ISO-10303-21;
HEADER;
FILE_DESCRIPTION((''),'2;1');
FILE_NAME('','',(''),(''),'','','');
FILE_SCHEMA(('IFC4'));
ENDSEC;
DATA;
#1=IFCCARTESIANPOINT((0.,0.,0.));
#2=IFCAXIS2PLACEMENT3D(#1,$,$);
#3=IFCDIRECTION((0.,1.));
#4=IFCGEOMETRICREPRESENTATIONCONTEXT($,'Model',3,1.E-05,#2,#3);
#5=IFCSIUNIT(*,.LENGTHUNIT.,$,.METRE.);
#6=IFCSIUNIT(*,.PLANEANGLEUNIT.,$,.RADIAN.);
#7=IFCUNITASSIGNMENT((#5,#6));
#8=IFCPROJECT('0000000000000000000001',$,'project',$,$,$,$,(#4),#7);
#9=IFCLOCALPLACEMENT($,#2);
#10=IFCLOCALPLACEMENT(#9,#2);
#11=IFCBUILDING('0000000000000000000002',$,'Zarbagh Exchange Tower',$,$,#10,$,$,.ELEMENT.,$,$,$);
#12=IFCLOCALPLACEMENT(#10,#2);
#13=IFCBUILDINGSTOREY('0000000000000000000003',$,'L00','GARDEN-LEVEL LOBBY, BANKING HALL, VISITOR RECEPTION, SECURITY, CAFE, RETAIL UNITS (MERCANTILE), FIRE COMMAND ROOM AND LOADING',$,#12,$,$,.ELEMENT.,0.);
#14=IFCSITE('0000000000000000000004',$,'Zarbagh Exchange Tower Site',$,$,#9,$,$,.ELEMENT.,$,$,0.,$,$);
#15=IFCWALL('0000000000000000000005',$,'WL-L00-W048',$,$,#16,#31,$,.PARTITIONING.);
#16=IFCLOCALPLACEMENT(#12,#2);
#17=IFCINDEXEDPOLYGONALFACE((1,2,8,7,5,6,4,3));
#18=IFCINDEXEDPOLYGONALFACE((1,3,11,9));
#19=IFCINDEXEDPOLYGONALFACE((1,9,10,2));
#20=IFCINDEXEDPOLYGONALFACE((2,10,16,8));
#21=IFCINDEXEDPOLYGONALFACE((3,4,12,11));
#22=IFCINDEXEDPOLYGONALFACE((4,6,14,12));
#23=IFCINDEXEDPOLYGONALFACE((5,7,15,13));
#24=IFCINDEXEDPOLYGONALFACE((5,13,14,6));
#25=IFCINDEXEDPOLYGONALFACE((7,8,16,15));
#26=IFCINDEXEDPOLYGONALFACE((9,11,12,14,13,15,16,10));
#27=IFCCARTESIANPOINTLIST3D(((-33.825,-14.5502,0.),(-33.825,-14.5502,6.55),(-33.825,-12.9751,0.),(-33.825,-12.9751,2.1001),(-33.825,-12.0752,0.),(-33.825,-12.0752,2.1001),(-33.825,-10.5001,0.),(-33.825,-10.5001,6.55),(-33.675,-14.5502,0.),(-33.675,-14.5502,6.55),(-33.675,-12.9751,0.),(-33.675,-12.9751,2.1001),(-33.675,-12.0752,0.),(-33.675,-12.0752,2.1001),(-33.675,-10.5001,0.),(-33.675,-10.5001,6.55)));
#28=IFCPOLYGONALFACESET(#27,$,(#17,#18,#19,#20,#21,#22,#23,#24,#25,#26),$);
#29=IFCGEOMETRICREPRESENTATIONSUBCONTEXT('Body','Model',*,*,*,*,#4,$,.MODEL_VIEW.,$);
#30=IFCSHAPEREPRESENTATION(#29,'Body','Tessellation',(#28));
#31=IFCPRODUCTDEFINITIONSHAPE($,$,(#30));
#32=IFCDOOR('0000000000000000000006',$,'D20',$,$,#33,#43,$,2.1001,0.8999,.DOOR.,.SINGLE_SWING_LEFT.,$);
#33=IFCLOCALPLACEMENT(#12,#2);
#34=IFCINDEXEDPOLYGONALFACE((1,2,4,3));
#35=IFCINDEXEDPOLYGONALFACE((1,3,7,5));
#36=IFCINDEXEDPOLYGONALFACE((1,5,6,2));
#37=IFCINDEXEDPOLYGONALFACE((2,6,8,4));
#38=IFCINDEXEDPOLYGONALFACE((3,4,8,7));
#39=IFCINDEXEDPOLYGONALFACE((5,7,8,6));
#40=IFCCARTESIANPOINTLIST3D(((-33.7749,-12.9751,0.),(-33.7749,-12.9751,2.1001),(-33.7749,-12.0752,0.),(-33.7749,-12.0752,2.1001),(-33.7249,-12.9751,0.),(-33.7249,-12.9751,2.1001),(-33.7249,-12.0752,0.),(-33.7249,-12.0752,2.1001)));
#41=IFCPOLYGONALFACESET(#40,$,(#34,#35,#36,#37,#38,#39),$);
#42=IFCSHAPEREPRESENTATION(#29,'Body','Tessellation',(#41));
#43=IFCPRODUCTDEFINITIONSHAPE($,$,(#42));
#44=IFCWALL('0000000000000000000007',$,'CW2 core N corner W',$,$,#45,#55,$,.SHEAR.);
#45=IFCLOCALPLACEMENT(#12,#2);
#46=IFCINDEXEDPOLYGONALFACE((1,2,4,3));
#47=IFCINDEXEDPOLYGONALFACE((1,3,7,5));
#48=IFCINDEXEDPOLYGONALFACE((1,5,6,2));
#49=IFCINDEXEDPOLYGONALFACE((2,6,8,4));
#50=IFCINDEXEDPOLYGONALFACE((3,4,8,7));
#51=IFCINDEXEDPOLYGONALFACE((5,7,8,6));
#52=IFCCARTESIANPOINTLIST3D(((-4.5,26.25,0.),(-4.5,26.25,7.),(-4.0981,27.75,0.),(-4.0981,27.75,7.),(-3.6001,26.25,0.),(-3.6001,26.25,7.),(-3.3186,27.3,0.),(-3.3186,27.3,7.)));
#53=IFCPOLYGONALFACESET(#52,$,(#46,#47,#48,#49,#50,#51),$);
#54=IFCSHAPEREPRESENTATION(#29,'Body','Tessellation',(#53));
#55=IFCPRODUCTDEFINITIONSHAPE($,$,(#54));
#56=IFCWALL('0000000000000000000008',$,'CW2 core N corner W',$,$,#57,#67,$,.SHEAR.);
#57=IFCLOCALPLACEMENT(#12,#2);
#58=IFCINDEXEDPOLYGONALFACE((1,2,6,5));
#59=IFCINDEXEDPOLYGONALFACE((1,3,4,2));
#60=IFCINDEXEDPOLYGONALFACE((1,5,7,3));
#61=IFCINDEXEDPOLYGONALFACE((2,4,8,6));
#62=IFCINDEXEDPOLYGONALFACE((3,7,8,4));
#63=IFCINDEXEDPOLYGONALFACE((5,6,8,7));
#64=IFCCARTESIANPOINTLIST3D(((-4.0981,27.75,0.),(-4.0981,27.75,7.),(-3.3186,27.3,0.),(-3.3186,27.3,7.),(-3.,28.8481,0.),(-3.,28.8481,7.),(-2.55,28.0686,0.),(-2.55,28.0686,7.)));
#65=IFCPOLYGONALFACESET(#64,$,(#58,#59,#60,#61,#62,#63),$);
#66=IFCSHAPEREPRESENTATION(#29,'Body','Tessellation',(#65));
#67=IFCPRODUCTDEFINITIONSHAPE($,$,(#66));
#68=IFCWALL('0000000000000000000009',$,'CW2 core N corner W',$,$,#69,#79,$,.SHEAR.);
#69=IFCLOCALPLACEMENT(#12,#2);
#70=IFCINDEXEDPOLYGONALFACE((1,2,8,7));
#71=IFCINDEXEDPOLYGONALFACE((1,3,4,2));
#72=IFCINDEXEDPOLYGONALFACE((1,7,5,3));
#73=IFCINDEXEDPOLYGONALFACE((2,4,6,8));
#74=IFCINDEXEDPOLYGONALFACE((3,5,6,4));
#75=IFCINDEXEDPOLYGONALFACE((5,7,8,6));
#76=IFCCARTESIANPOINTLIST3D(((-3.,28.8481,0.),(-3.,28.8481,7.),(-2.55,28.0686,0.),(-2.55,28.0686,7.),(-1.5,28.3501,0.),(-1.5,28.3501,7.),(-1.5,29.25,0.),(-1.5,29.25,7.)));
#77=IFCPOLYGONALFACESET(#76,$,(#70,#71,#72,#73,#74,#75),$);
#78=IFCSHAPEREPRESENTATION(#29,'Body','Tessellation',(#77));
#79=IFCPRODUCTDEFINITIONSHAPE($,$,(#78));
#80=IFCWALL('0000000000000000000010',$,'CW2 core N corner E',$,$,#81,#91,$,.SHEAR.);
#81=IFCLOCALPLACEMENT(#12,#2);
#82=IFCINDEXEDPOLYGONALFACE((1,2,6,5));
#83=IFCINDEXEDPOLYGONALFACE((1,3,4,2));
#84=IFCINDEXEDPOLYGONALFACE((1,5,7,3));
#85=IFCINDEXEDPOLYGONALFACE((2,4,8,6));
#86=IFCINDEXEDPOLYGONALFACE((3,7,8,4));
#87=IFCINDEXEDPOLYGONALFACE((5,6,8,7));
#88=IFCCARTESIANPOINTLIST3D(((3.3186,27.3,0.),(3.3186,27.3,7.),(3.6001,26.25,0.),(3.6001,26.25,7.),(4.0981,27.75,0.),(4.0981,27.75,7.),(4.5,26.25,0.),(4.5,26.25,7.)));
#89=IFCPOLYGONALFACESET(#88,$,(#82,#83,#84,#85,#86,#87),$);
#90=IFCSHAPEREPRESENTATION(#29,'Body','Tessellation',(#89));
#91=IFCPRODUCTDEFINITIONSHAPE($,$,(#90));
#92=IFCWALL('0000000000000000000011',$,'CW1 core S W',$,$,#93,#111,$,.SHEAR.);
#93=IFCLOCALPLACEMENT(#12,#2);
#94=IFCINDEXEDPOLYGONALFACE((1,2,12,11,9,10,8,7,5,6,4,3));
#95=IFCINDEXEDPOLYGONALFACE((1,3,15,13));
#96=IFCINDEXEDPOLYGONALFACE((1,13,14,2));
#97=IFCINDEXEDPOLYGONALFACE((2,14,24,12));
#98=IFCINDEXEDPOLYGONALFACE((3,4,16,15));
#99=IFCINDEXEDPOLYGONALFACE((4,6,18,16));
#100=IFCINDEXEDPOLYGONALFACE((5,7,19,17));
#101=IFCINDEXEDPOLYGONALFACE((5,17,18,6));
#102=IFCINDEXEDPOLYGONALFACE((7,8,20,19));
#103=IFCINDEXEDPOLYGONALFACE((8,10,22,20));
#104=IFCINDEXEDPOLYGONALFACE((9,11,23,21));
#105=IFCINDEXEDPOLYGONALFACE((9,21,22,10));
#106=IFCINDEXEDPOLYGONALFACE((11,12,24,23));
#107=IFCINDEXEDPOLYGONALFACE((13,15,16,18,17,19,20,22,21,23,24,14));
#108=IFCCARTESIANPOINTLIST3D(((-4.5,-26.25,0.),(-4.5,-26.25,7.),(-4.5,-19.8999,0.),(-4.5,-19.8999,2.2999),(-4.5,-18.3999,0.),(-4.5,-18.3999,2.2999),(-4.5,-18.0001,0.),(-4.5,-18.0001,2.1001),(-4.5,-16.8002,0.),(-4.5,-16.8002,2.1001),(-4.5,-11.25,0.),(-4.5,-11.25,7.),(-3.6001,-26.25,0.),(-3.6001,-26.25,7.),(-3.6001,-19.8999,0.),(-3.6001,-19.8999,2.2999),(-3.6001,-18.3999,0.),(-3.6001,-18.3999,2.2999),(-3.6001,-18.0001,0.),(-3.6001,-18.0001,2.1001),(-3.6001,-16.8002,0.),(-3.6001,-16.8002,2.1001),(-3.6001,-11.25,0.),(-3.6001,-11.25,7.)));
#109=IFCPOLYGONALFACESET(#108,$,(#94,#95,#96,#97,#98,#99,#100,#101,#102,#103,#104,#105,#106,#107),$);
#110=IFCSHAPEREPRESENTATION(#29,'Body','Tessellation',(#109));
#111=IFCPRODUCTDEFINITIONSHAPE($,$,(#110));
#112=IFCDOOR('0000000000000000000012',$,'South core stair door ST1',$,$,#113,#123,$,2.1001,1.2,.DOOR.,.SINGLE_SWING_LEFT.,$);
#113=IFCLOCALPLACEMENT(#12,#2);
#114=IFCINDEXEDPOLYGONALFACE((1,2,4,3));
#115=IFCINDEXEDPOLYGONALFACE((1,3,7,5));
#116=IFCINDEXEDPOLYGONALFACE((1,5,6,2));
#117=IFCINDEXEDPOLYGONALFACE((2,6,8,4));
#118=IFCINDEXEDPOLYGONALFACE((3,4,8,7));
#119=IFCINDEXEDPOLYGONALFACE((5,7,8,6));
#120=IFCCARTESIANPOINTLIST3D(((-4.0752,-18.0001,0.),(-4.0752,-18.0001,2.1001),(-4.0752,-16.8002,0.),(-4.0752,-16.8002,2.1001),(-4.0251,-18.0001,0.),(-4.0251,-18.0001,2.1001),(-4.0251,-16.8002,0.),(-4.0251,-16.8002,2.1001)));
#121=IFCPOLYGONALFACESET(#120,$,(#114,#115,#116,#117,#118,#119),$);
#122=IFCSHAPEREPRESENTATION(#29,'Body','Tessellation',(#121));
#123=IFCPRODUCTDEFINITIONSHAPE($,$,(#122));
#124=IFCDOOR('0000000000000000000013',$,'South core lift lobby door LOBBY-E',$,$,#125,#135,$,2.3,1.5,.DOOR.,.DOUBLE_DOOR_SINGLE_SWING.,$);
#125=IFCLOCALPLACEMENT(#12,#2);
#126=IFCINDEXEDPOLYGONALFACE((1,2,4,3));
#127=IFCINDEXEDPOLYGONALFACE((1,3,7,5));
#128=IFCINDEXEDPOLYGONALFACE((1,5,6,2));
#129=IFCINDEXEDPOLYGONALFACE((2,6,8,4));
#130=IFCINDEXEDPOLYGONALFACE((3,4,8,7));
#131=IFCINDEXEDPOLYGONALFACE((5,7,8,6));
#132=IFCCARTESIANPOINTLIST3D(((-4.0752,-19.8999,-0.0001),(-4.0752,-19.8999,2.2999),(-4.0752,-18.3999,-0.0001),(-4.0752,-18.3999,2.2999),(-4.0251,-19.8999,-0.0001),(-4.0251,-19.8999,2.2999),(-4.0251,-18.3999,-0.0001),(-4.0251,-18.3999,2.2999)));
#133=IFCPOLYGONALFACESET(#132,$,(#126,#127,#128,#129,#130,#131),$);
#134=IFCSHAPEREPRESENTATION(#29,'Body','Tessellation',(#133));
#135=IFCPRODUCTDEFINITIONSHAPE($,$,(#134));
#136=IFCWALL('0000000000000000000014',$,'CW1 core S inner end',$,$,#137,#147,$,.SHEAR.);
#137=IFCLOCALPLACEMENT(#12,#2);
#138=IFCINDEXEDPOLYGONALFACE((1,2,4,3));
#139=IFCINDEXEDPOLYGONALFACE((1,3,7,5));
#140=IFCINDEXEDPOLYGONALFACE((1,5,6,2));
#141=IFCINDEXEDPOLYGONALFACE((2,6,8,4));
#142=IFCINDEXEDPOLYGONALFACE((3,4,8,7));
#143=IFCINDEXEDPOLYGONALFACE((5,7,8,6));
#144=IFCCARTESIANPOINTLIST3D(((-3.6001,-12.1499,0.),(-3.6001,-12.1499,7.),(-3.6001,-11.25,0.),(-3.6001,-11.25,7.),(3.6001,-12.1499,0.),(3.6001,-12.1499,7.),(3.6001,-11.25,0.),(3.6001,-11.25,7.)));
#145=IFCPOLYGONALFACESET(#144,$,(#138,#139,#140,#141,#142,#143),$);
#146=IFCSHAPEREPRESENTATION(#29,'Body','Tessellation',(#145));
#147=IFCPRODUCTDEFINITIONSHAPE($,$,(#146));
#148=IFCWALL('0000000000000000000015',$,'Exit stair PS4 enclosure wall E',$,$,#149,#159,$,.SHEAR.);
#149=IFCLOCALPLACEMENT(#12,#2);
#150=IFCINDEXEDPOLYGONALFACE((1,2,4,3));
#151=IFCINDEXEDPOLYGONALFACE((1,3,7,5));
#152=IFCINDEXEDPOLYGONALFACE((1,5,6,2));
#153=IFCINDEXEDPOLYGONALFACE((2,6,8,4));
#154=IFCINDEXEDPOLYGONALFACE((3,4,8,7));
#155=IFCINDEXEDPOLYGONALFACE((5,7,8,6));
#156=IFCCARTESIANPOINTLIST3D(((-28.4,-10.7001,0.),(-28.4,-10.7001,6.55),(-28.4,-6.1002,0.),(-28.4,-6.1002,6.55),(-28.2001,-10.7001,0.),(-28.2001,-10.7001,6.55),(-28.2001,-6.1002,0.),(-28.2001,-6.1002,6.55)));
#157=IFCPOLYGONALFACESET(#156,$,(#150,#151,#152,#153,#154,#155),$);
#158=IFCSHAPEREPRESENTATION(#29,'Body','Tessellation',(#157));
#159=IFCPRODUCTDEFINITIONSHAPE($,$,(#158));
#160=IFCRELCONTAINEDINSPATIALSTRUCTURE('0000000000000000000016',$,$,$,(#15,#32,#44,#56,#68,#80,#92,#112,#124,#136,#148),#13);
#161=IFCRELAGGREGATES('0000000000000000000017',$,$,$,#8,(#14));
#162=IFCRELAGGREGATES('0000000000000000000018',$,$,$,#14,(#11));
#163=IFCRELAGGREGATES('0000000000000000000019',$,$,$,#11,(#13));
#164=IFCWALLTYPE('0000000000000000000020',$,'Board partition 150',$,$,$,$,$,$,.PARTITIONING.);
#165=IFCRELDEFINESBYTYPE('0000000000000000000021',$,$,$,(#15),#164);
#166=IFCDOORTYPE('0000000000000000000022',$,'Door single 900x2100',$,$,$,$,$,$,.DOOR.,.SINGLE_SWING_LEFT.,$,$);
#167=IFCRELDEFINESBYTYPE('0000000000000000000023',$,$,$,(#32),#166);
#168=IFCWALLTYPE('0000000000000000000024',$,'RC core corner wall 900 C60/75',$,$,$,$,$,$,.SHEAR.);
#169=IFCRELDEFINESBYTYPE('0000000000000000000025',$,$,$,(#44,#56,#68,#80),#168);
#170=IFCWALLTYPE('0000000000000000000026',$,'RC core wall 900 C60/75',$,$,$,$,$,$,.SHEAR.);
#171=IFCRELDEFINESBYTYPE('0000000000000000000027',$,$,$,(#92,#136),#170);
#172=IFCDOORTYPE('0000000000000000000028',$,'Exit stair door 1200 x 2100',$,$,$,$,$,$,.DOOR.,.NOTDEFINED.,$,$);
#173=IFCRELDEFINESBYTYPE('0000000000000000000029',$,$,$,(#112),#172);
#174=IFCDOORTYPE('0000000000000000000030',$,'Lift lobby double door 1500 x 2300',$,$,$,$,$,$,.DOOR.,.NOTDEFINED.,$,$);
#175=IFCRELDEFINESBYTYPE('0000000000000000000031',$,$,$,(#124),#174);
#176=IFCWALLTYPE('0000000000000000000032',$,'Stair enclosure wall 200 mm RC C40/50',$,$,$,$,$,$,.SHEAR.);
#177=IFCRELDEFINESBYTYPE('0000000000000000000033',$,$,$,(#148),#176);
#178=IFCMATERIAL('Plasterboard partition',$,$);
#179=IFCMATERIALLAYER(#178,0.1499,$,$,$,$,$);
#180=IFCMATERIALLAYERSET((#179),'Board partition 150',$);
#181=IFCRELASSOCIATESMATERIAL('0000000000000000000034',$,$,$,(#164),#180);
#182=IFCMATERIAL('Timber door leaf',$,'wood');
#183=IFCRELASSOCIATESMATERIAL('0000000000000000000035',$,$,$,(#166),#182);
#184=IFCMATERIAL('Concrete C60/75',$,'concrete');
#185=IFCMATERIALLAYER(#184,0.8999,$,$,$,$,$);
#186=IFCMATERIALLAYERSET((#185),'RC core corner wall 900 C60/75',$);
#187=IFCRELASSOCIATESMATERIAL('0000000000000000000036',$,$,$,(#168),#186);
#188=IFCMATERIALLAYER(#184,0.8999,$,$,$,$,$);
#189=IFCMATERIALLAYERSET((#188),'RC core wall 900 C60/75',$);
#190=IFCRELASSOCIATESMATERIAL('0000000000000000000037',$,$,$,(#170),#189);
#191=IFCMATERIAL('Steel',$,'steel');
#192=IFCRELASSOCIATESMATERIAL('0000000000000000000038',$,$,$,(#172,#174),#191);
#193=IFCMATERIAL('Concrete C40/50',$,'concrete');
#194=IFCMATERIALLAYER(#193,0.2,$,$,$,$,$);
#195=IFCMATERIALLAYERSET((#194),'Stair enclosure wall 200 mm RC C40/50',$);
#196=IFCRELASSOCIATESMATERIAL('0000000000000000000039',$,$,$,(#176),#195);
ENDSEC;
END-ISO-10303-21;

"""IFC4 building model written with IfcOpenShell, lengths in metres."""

from ifc_helpers import new_model, si_unit, direction, frame, frame_2d, origin, place, context, subcontext, project, spatial, polyline, rectangle, outline, extrude, material, layer, layer_set, type_object, element, fill, save


model = new_model("IFC4")

# Units and contexts
model_context = context("Model", 3, precision=1e-05, world=origin(), true_north=direction((0.0, 1.0)))
body_context = subcontext(model_context, "Body", "Model", "MODEL_VIEW")
ifc_project = project(units=[si_unit("LENGTHUNIT", "METRE"), si_unit("PLANEANGLEUNIT", "RADIAN")], contexts=[model_context])

# Site, building, storey
site_placement = place(None, origin())
site = spatial("IfcSite", under=ifc_project, at=site_placement, Name="Zarbagh Exchange Tower Site", CompositionType="ELEMENT", RefElevation=0.0)
building_placement = place(site_placement, origin())
building = spatial("IfcBuilding", under=site, at=building_placement, Name="Zarbagh Exchange Tower", CompositionType="ELEMENT")
storey_placement = place(building_placement, origin())
storey = spatial("IfcBuildingStorey", under=building, at=storey_placement, Name="L00", Description="GARDEN-LEVEL LOBBY, BANKING HALL, VISITOR RECEPTION, SECURITY, CAFE, RETAIL UNITS (MERCANTILE), FIRE COMMAND ROOM AND LOADING", CompositionType="ELEMENT", Elevation=0.0)

# Shared definitions
ifc_material_1 = material(Name="Concrete C60/75", Category="concrete")

# Wall, opening, door
ifc_material_2 = material(Name="Plasterboard partition")
ifc_layer_1 = layer(ifc_material_2, 0.1499)
ifc_layer_set_1 = layer_set([ifc_layer_1], Name="Board partition 150")
wall_type_1 = type_object("IfcWallType", Name="Board partition 150", PredefinedType="PARTITIONING", material=ifc_layer_set_1)
wall_1_placement = place(storey_placement, frame((-33.75, -14.55, 0.0), z_axis=(0.0, 0.0, 1.0), x_axis=(0.0, 1.0, 0.0)))
wall_1 = element("IfcWall", 1, at=wall_1_placement, inside=storey, type_object=wall_type_1, Name="WL-L00-W048", PredefinedType="PARTITIONING", context=body_context, shape_type="SweptSolid", body=[
    extrude(rectangle(XDim=4.05, YDim=0.1499, at=frame_2d((2.0249, 0.0))), origin(), (0.0, 0.0, 1.0), 6.55),
])
opening_1_placement = place(wall_1_placement, frame((1.575, 0.0, 0.0)))
opening_1 = element("IfcOpeningElement", 2, at=opening_1_placement, cuts=wall_1, PredefinedType="OPENING", context=body_context, shape_type="SweptSolid", body=[
    extrude(rectangle(XDim=0.8999, YDim=2.1001, at=frame_2d((0.45, 1.05))), frame((0.0, 0.085, 0.0), z_axis=(0.0, -1.0, 0.0), x_axis=(1.0, 0.0, 0.0)), (0.0, 0.0, 1.0), 0.1699),
])
ifc_material_3 = material(Name="Timber door leaf", Category="wood")
door_type_1 = type_object("IfcDoorType", Name="Door single 900x2100", OperationType="SINGLE_SWING_LEFT", PredefinedType="DOOR", material=ifc_material_3)
door_1_placement = place(opening_1_placement, origin())
door_1 = element("IfcDoor", 3, at=door_1_placement, inside=storey, type_object=door_type_1, Name="D20", OperationType="SINGLE_SWING_LEFT", OverallHeight=2.1001, OverallWidth=0.8999, PredefinedType="DOOR", context=body_context, shape_type="SweptSolid", body=[
    extrude(rectangle(XDim=0.8999, YDim=2.1001, at=frame_2d((0.45, 1.05))), frame((0.0, 0.0249, 0.0), z_axis=(0.0, -1.0, 0.0), x_axis=(1.0, 0.0, 0.0)), (0.0, 0.0, 1.0), 0.05),
])
fill(opening_1, door_1)

# Walls
ifc_layer_2 = layer(ifc_material_1, 0.8999)
ifc_layer_set_2 = layer_set([ifc_layer_2], Name="RC core corner wall 900 C60/75")
wall_type_2 = type_object("IfcWallType", Name="RC core corner wall 900 C60/75", PredefinedType="SHEAR", material=ifc_layer_set_2)
wall_2_placement = place(storey_placement, origin())
element("IfcWall", 4, at=wall_2_placement, inside=storey, type_object=wall_type_2, Name="CW2 core N corner W", PredefinedType="SHEAR", context=body_context, shape_type="SweptSolid", body=[
    extrude(outline(polyline([(-4.5, 26.25), (-4.0981, 27.75), (-3.3186, 27.3), (-3.6001, 26.25), (-4.5, 26.25)])), origin(), (0.0, 0.0, 1.0), 7.0),
])
wall_3_placement = place(storey_placement, origin())
element("IfcWall", 5, at=wall_3_placement, inside=storey, type_object=wall_type_2, Name="CW2 core N corner W", PredefinedType="SHEAR", context=body_context, shape_type="SweptSolid", body=[
    extrude(outline(polyline([(-4.0981, 27.75), (-3.0, 28.8481), (-2.55, 28.0686), (-3.3186, 27.3), (-4.0981, 27.75)])), origin(), (0.0, 0.0, 1.0), 7.0),
])
wall_4_placement = place(storey_placement, origin())
element("IfcWall", 6, at=wall_4_placement, inside=storey, type_object=wall_type_2, Name="CW2 core N corner W", PredefinedType="SHEAR", context=body_context, shape_type="SweptSolid", body=[
    extrude(outline(polyline([(-3.0, 28.8481), (-1.5, 29.25), (-1.5, 28.3501), (-2.55, 28.0686), (-3.0, 28.8481)])), origin(), (0.0, 0.0, 1.0), 7.0),
])
wall_5_placement = place(storey_placement, origin())
element("IfcWall", 7, at=wall_5_placement, inside=storey, type_object=wall_type_2, Name="CW2 core N corner E", PredefinedType="SHEAR", context=body_context, shape_type="SweptSolid", body=[
    extrude(outline(polyline([(4.5, 26.25), (4.0981, 27.75), (3.3186, 27.3), (3.6001, 26.25), (4.5, 26.25)])), origin(), (0.0, 0.0, 1.0), 7.0),
])

# Wall, openings, doors
ifc_layer_3 = layer(ifc_material_1, 0.8999)
ifc_layer_set_3 = layer_set([ifc_layer_3], Name="RC core wall 900 C60/75")
wall_type_3 = type_object("IfcWallType", Name="RC core wall 900 C60/75", PredefinedType="SHEAR", material=ifc_layer_set_3)
wall_6_placement = place(storey_placement, frame((-4.05, -11.25, 0.0), z_axis=(0.0, 0.0, 1.0), x_axis=(0.0, -1.0, 0.0)))
wall_6 = element("IfcWall", 8, at=wall_6_placement, inside=storey, type_object=wall_type_3, Name="CW1 core S W", PredefinedType="SHEAR", context=body_context, shape_type="SweptSolid", body=[
    extrude(rectangle(XDim=15.0, YDim=0.8999, at=frame_2d((7.5, 0.0))), origin(), (0.0, 0.0, 1.0), 7.0),
])
opening_2_placement = place(wall_6_placement, frame((7.1499, 0.0, 0.0)))
opening_2 = element("IfcOpeningElement", 9, at=opening_2_placement, cuts=wall_6, PredefinedType="OPENING", context=body_context, shape_type="SweptSolid", body=[
    extrude(rectangle(XDim=1.5, YDim=2.3, at=frame_2d((0.75, 1.1499))), frame((0.0, 0.46, 0.0), z_axis=(0.0, -1.0, 0.0), x_axis=(1.0, 0.0, 0.0)), (0.0, 0.0, 1.0), 0.9199),
])
opening_3_placement = place(wall_6_placement, frame((5.55, 0.0, 0.0)))
opening_3 = element("IfcOpeningElement", 10, at=opening_3_placement, cuts=wall_6, PredefinedType="OPENING", context=body_context, shape_type="SweptSolid", body=[
    extrude(rectangle(XDim=1.2, YDim=2.1001, at=frame_2d((0.6001, 1.05))), frame((0.0, 0.46, 0.0), z_axis=(0.0, -1.0, 0.0), x_axis=(1.0, 0.0, 0.0)), (0.0, 0.0, 1.0), 0.9199),
])
ifc_material_4 = material(Name="Steel", Category="steel")
door_type_2 = type_object("IfcDoorType", Name="Exit stair door 1200 x 2100", OperationType="NOTDEFINED", PredefinedType="DOOR", material=ifc_material_4)
door_2_placement = place(opening_3_placement, origin())
door_2 = element("IfcDoor", 11, at=door_2_placement, inside=storey, type_object=door_type_2, Name="South core stair door ST1", OperationType="SINGLE_SWING_LEFT", OverallHeight=2.1001, OverallWidth=1.2, PredefinedType="DOOR", context=body_context, shape_type="SweptSolid", body=[
    extrude(rectangle(XDim=1.2, YDim=2.1001, at=frame_2d((0.6001, 1.05))), frame((0.0, 0.0249, 0.0), z_axis=(0.0, -1.0, 0.0), x_axis=(1.0, 0.0, 0.0)), (0.0, 0.0, 1.0), 0.05),
])
fill(opening_3, door_2)
door_type_3 = type_object("IfcDoorType", Name="Lift lobby double door 1500 x 2300", OperationType="NOTDEFINED", PredefinedType="DOOR", material=ifc_material_4)
door_3_placement = place(opening_2_placement, origin())
door_3 = element("IfcDoor", 12, at=door_3_placement, inside=storey, type_object=door_type_3, Name="South core lift lobby door LOBBY-E", OperationType="DOUBLE_DOOR_SINGLE_SWING", OverallHeight=2.3, OverallWidth=1.5, PredefinedType="DOOR", context=body_context, shape_type="SweptSolid", body=[
    extrude(rectangle(XDim=1.5, YDim=2.3, at=frame_2d((0.75, 1.1499))), frame((0.0, 0.0249, 0.0), z_axis=(0.0, -1.0, 0.0), x_axis=(1.0, 0.0, 0.0)), (0.0, 0.0, 1.0), 0.05),
])
fill(opening_2, door_3)

# Walls
wall_7_placement = place(storey_placement, frame((-3.6001, -11.7, 0.0), z_axis=(0.0, 0.0, 1.0), x_axis=(1.0, 0.0, 0.0)))
element("IfcWall", 13, at=wall_7_placement, inside=storey, type_object=wall_type_3, Name="CW1 core S inner end", PredefinedType="SHEAR", context=body_context, shape_type="SweptSolid", body=[
    extrude(rectangle(XDim=7.2002, YDim=0.8999, at=frame_2d((3.6001, 0.0))), origin(), (0.0, 0.0, 1.0), 7.0),
])
ifc_material_5 = material(Name="Concrete C40/50", Category="concrete")
ifc_layer_4 = layer(ifc_material_5, 0.2)
ifc_layer_set_4 = layer_set([ifc_layer_4], Name="Stair enclosure wall 200 mm RC C40/50")
wall_type_4 = type_object("IfcWallType", Name="Stair enclosure wall 200 mm RC C40/50", PredefinedType="SHEAR", material=ifc_layer_set_4)
wall_8_placement = place(storey_placement, frame((-28.3, -10.7, 0.0), z_axis=(0.0, 0.0, 1.0), x_axis=(0.0, 1.0, 0.0)))
element("IfcWall", 14, at=wall_8_placement, inside=storey, type_object=wall_type_4, Name="Exit stair PS4 enclosure wall E", PredefinedType="SHEAR", context=body_context, shape_type="SweptSolid", body=[
    extrude(rectangle(XDim=4.5999, YDim=0.2, at=frame_2d((2.2998, 0.0))), origin(), (0.0, 0.0, 1.0), 6.55),
])

save(model, "model.ifc")
